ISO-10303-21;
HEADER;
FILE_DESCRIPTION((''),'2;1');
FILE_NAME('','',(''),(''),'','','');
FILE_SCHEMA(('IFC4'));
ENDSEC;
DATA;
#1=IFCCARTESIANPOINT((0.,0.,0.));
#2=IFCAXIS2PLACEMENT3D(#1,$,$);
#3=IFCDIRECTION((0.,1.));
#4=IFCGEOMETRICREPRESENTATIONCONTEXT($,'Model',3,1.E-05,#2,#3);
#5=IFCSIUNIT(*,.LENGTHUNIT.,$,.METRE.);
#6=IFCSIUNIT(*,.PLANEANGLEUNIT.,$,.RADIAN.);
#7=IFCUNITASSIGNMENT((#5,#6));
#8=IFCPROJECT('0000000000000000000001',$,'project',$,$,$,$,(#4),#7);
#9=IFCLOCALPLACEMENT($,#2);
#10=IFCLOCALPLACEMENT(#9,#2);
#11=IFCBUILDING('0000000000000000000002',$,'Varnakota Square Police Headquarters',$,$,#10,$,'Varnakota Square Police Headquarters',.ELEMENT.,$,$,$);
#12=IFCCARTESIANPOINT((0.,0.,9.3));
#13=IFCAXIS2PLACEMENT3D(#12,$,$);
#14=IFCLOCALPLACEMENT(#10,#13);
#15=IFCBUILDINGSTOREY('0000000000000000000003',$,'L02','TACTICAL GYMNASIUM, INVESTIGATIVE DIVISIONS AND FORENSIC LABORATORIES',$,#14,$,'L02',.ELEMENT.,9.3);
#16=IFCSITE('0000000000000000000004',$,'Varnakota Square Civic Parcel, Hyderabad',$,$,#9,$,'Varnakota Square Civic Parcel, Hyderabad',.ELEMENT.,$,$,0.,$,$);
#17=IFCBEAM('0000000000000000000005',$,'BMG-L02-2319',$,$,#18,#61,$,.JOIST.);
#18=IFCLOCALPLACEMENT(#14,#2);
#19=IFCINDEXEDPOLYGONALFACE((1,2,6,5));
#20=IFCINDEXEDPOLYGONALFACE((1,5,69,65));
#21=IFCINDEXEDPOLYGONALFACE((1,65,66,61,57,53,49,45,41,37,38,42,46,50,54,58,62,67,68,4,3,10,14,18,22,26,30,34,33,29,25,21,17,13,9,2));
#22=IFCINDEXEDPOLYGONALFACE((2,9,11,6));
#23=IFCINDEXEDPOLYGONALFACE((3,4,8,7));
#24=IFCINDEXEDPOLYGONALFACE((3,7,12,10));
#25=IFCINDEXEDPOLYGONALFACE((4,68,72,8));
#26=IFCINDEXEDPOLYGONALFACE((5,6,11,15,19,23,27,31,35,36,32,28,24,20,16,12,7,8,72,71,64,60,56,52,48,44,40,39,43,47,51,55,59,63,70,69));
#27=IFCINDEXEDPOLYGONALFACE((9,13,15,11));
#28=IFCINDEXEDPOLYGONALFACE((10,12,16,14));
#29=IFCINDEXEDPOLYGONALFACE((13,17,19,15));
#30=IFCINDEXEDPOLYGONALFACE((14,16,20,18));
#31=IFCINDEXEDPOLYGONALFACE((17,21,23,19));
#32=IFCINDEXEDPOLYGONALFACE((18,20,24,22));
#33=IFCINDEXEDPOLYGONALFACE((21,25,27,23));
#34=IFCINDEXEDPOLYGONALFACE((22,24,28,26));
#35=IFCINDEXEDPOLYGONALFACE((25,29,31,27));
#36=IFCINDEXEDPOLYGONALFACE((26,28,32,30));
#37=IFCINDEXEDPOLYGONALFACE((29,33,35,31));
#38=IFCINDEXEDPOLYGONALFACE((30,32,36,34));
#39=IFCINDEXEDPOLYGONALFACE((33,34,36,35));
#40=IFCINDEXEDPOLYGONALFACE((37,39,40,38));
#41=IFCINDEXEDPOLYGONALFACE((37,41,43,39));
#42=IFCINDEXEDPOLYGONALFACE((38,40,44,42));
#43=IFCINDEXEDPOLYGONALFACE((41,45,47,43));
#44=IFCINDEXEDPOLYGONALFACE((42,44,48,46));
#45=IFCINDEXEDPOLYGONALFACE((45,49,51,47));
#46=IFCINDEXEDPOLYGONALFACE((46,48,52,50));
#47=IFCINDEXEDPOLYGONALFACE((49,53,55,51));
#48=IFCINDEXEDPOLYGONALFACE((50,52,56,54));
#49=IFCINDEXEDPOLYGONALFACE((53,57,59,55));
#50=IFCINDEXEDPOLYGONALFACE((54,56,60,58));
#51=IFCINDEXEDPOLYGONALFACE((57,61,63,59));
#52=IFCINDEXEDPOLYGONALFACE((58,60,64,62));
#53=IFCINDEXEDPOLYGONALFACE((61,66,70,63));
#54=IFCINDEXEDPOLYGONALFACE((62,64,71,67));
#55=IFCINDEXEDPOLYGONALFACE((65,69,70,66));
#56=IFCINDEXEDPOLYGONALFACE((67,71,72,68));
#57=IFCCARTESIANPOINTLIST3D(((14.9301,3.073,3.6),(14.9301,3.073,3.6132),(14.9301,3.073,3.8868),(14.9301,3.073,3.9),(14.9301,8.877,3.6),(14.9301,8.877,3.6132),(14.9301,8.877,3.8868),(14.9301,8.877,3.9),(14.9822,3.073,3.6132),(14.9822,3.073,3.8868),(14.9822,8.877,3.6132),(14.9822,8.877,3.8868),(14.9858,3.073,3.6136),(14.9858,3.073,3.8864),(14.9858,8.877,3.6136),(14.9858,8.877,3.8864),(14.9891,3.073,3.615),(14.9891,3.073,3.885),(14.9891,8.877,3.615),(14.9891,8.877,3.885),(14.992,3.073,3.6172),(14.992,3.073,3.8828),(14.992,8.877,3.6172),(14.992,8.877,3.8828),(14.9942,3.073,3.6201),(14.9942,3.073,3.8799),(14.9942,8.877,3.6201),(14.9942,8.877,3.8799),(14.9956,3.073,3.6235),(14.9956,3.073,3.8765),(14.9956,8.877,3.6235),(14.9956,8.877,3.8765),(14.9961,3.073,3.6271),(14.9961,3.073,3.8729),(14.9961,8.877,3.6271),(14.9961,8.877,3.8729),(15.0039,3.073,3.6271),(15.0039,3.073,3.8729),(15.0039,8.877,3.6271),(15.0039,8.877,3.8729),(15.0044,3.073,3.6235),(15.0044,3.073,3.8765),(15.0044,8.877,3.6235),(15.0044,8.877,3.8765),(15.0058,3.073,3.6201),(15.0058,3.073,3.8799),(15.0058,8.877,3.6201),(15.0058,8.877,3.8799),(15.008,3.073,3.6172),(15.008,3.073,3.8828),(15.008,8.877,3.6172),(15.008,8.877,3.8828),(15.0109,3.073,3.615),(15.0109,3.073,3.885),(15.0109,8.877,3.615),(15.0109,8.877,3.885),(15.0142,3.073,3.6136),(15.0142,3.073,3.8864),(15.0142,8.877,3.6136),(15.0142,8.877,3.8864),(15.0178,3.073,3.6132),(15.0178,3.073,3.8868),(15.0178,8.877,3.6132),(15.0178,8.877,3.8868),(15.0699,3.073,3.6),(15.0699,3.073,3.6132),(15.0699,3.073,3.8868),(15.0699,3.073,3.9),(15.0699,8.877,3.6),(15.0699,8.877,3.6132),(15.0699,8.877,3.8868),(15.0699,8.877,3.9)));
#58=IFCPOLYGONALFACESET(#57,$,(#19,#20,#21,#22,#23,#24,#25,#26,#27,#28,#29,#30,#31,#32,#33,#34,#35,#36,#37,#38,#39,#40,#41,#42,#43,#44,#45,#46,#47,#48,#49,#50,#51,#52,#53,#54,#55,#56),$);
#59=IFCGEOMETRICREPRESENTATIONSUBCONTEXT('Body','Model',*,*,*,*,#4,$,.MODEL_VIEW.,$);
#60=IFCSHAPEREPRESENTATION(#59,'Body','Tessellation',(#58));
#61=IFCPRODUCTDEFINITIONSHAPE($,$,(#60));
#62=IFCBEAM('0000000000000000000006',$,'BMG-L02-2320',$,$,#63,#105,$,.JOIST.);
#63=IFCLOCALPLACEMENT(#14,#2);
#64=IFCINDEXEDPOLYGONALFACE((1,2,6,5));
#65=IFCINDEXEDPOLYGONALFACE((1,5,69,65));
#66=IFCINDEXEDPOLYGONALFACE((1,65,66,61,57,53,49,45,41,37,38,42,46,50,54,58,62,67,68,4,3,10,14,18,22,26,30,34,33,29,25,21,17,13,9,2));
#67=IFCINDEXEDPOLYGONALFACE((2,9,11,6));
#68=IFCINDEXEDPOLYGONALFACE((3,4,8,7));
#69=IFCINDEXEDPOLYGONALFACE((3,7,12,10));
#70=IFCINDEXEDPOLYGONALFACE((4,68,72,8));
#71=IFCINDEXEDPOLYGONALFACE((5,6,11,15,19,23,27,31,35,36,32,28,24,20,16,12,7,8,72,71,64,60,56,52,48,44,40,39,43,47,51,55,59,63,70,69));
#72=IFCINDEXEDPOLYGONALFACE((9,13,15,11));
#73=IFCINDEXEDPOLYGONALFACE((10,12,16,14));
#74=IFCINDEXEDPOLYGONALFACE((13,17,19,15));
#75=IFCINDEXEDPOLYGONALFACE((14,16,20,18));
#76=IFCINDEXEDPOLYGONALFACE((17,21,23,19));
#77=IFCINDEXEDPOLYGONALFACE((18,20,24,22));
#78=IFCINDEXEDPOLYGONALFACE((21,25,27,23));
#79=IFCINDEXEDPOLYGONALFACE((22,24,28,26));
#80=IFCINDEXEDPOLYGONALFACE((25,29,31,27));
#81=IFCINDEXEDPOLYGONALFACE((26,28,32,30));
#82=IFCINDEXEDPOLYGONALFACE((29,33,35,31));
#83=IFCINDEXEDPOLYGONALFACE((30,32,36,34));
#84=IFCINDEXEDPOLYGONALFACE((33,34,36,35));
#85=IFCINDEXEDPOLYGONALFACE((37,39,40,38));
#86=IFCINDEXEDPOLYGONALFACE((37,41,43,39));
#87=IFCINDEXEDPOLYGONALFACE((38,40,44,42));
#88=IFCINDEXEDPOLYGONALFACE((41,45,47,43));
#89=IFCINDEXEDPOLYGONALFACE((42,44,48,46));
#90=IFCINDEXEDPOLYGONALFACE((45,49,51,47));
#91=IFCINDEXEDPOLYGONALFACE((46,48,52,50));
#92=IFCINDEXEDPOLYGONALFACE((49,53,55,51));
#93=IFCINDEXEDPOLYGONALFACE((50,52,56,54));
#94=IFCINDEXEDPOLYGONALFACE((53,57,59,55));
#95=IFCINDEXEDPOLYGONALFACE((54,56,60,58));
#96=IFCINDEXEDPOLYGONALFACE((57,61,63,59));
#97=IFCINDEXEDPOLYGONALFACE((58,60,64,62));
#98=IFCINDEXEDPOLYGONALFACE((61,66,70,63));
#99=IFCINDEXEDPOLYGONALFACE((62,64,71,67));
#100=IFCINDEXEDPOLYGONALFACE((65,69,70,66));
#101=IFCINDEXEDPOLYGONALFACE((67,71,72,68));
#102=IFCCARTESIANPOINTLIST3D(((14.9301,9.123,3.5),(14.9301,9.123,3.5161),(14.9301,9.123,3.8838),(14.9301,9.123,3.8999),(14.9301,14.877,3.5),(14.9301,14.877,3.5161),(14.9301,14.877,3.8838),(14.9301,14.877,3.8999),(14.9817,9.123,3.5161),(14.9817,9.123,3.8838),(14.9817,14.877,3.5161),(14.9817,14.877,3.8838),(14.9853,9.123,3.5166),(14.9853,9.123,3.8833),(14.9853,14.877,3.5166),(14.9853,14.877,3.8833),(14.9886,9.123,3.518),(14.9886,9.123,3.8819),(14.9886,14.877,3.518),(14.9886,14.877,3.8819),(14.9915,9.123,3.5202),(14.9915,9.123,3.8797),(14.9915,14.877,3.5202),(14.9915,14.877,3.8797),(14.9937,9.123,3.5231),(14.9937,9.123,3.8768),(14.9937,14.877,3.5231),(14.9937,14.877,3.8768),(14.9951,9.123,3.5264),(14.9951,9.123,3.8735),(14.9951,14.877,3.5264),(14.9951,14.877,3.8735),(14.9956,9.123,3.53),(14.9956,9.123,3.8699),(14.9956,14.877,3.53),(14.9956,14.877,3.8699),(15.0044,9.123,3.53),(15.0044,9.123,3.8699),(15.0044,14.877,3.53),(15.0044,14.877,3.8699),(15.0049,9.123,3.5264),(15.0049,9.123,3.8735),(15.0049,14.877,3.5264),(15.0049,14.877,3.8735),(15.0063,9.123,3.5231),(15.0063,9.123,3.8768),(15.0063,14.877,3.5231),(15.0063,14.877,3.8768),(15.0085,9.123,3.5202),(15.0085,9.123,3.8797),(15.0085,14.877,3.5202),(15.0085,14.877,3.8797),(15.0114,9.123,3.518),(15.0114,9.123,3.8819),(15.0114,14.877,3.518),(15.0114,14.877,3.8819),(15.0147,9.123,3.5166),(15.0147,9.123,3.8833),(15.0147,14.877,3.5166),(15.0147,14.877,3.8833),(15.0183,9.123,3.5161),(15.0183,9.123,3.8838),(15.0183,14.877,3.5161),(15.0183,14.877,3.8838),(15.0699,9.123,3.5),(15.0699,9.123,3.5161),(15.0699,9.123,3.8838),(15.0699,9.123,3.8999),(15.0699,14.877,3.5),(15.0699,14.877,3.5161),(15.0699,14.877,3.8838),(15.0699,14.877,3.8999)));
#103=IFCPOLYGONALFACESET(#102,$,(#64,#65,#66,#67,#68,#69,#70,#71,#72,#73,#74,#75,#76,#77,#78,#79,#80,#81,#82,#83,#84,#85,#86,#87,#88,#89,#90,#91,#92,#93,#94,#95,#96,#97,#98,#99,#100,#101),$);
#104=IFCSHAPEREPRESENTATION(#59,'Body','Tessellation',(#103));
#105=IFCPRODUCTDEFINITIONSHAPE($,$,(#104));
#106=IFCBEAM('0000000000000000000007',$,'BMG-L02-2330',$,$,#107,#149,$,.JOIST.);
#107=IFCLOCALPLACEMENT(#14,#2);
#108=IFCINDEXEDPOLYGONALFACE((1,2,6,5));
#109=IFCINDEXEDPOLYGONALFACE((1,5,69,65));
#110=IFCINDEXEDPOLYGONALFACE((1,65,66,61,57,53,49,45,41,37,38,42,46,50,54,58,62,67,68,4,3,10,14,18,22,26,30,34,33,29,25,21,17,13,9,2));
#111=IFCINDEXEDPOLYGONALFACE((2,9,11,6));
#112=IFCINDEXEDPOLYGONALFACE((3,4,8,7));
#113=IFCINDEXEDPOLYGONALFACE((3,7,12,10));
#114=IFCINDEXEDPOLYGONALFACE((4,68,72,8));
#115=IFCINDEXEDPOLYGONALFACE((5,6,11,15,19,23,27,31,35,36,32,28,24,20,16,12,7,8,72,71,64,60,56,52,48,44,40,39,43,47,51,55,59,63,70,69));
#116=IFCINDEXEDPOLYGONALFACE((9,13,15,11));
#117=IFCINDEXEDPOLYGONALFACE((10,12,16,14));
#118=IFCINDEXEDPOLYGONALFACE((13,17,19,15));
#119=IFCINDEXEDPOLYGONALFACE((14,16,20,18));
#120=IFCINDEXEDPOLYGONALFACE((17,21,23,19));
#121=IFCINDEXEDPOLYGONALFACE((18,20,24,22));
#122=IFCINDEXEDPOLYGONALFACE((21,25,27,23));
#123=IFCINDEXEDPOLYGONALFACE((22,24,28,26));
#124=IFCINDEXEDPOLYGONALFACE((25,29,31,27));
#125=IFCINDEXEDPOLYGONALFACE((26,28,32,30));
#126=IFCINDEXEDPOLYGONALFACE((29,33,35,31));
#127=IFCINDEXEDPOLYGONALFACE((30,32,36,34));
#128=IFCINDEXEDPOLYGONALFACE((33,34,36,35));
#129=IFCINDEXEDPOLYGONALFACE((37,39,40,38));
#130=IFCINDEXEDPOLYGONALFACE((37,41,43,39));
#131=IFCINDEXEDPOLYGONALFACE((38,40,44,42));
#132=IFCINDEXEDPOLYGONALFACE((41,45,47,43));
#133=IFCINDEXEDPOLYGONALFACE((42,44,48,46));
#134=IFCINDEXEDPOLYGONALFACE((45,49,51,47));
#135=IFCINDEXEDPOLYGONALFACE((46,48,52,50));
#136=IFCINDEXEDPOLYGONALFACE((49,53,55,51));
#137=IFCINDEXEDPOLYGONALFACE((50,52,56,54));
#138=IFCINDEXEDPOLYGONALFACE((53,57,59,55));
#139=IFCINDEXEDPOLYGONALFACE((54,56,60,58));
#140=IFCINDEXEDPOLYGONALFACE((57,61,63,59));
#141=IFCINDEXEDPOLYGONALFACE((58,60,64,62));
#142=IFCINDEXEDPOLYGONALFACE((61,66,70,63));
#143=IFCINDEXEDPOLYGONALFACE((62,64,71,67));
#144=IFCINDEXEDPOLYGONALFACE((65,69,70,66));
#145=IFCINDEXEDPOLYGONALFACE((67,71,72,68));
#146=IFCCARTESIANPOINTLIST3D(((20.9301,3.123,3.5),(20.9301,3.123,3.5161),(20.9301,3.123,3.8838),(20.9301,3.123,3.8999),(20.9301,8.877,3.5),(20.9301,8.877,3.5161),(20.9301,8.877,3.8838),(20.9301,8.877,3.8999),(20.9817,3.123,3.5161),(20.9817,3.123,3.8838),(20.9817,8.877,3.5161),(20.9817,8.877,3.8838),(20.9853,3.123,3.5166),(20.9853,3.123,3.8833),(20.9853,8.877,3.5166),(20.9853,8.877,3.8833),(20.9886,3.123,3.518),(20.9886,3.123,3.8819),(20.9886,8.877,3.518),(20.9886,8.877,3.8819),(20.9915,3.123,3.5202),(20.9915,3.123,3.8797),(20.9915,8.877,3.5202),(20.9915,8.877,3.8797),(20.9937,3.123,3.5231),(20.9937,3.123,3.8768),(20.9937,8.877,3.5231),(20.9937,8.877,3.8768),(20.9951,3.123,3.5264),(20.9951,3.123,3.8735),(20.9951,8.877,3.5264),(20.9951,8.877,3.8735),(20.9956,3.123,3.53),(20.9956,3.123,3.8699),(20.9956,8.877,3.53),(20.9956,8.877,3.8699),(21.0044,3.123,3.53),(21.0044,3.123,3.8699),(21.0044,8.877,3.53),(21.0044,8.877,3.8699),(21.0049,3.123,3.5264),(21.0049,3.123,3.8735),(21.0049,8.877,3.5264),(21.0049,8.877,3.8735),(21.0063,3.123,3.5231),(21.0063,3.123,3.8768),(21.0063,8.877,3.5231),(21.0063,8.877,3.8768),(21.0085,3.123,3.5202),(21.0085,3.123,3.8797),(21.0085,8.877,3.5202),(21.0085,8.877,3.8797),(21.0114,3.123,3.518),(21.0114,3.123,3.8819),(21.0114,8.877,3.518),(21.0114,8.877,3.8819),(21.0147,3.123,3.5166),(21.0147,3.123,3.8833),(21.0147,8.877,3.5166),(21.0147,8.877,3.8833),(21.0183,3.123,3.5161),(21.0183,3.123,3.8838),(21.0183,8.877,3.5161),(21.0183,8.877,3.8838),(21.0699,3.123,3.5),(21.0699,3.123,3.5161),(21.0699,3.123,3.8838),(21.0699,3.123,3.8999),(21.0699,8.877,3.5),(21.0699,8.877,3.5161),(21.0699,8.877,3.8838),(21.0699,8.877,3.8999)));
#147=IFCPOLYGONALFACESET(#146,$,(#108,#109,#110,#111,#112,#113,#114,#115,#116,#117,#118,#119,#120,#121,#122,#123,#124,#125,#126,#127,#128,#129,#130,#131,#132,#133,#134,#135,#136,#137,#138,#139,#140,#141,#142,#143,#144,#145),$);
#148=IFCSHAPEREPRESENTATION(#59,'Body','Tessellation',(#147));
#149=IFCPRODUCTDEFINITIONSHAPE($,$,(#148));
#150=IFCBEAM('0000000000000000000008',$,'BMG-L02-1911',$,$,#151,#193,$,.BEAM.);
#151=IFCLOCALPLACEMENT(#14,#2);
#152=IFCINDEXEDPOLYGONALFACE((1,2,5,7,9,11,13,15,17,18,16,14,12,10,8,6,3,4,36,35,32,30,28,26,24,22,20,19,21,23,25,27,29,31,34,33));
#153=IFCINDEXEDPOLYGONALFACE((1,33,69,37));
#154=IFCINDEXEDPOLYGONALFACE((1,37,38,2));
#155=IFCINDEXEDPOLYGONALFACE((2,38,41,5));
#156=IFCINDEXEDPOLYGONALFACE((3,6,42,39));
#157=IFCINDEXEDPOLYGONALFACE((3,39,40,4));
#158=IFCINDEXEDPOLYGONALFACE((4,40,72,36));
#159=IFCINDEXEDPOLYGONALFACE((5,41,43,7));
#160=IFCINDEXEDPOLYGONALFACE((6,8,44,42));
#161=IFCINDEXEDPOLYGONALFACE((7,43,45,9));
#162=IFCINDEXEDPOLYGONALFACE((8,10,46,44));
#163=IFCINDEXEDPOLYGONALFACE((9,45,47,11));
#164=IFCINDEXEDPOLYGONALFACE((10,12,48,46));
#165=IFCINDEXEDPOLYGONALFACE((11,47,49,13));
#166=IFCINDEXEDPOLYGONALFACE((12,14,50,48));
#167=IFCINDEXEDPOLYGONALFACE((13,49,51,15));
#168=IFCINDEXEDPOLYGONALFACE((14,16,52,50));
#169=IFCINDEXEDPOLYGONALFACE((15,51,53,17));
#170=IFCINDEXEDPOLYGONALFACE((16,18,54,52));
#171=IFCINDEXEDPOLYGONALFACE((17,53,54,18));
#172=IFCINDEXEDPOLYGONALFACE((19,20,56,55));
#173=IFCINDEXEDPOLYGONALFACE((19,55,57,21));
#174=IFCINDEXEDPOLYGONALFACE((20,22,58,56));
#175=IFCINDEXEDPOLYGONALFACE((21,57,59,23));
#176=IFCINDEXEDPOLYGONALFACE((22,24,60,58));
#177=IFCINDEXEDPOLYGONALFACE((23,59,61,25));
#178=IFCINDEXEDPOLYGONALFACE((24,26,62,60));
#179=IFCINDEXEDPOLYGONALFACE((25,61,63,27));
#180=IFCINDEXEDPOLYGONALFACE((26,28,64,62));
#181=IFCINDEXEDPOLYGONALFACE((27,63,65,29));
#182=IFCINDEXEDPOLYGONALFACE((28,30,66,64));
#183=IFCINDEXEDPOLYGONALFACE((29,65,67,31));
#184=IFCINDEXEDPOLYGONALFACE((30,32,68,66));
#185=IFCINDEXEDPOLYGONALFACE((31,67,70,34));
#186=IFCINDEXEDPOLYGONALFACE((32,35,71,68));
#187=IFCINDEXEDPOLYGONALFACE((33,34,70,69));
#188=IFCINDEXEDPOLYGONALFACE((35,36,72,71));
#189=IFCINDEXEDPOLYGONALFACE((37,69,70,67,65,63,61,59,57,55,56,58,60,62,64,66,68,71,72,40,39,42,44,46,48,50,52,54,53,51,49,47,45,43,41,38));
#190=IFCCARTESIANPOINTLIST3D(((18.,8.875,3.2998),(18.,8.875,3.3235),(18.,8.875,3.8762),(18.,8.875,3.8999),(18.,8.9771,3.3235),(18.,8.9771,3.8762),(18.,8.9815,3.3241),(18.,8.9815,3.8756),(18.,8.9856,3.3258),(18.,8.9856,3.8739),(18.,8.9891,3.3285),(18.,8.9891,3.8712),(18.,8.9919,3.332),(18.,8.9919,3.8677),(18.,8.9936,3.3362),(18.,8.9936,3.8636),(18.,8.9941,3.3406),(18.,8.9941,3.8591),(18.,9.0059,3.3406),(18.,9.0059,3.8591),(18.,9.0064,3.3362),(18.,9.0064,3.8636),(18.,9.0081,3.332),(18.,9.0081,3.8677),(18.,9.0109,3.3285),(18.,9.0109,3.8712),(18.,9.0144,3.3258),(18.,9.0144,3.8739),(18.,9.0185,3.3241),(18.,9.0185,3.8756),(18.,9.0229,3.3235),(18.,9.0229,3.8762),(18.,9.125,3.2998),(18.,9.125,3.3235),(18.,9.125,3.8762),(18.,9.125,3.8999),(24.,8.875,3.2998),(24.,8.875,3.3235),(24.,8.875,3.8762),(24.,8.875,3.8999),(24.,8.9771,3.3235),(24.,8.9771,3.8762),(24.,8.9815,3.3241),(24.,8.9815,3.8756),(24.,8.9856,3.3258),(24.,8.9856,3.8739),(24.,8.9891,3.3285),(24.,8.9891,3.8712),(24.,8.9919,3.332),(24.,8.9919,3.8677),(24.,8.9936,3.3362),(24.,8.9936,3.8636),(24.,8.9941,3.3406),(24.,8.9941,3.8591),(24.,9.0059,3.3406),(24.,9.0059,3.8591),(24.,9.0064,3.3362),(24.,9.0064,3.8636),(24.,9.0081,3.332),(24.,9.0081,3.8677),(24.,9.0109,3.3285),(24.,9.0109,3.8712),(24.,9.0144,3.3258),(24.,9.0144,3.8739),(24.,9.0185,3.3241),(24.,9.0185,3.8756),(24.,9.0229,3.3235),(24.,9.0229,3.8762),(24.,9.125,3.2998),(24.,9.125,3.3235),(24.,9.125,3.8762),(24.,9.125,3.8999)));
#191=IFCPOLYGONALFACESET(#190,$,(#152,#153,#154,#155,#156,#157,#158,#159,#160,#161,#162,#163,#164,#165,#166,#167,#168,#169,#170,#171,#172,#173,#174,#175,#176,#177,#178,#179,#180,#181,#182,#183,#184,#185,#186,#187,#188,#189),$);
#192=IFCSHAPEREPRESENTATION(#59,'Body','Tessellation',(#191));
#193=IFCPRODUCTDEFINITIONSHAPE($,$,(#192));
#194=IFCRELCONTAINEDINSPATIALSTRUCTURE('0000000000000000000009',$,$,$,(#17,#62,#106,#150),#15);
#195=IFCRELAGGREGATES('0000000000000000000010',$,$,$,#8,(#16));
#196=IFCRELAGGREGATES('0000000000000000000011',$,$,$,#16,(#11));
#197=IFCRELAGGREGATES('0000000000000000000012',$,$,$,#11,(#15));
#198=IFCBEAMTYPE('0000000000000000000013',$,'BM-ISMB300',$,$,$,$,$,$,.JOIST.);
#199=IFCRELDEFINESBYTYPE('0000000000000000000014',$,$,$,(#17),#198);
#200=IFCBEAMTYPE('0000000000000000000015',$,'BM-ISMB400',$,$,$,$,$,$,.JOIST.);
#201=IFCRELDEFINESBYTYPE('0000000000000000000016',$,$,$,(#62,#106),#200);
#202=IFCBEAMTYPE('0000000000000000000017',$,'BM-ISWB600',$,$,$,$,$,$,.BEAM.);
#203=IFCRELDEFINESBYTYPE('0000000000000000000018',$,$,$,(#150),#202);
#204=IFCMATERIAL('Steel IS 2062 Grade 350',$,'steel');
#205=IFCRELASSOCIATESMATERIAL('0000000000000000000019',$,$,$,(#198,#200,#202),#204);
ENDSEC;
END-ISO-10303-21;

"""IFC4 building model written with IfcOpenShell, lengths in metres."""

from ifc_helpers import new_model, si_unit, direction, frame, origin, origin_2d, place, context, subcontext, project, spatial, i_section, extrude, material, material_profile, profile_set, type_object, element, save


model = new_model("IFC4")

# Units and contexts
model_context = context("Model", 3, precision=1e-05, world=origin(), true_north=direction((0.0, 1.0)))
body_context = subcontext(model_context, "Body", "Model", "MODEL_VIEW")
ifc_project = project(units=[si_unit("LENGTHUNIT", "METRE"), si_unit("PLANEANGLEUNIT", "RADIAN")], contexts=[model_context])

# Site, building, storey
site_placement = place(None, origin())
site = spatial("IfcSite", under=ifc_project, at=site_placement, Name="Varnakota Square Civic Parcel, Hyderabad", LongName="Varnakota Square Civic Parcel, Hyderabad", CompositionType="ELEMENT", RefElevation=0.0)
building_placement = place(site_placement, origin())
building = spatial("IfcBuilding", under=site, at=building_placement, Name="Varnakota Square Police Headquarters", LongName="Varnakota Square Police Headquarters", CompositionType="ELEMENT")
storey_placement = place(building_placement, frame((0.0, 0.0, 9.3)))
storey = spatial("IfcBuildingStorey", under=building, at=storey_placement, Name="L02", Description="TACTICAL GYMNASIUM, INVESTIGATIVE DIVISIONS AND FORENSIC LABORATORIES", LongName="L02", CompositionType="ELEMENT", Elevation=9.3)

# Shared definitions
ifc_material_1 = material(Name="Steel IS 2062 Grade 350", Category="steel")

# Beams
ifc_material_profile_1 = material_profile(ifc_material_1, i_section(OverallWidth=0.1399, OverallDepth=0.3, WebThickness=0.0078, FlangeThickness=0.0132, FilletRadius=0.0139, at=origin_2d()), Name="ISMB 300")
ifc_profile_set_1 = profile_set([ifc_material_profile_1], Name="Steel IS 2062 Grade 350")
beam_type_1 = type_object("IfcBeamType", Name="BM-ISMB300", PredefinedType="JOIST", material=ifc_profile_set_1)
beam_1_placement = place(storey_placement, frame((15.0, 3.073, 3.75), z_axis=(0.0, 1.0, 0.0), x_axis=(-1.0, 0.0, 0.0)))
element("IfcBeam", 1, at=beam_1_placement, inside=storey, type_object=beam_type_1, Name="BMG-L02-2319", PredefinedType="JOIST", context=body_context, shape_type="SweptSolid", body=[
    extrude(i_section(OverallWidth=0.1399, OverallDepth=0.3, WebThickness=0.0078, FlangeThickness=0.0132, FilletRadius=0.0139, at=origin_2d()), origin(), (0.0, 0.0, 1.0), 5.804),
])
ifc_material_profile_2 = material_profile(ifc_material_1, i_section(OverallWidth=0.1399, OverallDepth=0.3999, WebThickness=0.0088, FlangeThickness=0.0161, FilletRadius=0.0139, at=origin_2d()), Name="ISMB 400")
ifc_profile_set_2 = profile_set([ifc_material_profile_2], Name="Steel IS 2062 Grade 350")
beam_type_2 = type_object("IfcBeamType", Name="BM-ISMB400", PredefinedType="JOIST", material=ifc_profile_set_2)
for number, where, z_axis, x_axis, name in (
    (2, (15.0, 9.123, 3.7), (0.0, 1.0, 0.0), (-1.0, 0.0, 0.0), "BMG-L02-2320"),
    (3, (21.0, 3.123, 3.7), (0.0, 1.0, 0.0), (-1.0, 0.0, 0.0), "BMG-L02-2330"),
):
    element("IfcBeam", number, at=place(storey_placement, frame(where, z_axis=z_axis, x_axis=x_axis)), inside=storey, type_object=beam_type_2, Name=name, PredefinedType="JOIST", context=body_context, shape_type="SweptSolid", body=[
        extrude(i_section(OverallWidth=0.1399, OverallDepth=0.3999, WebThickness=0.0088, FlangeThickness=0.0161, FilletRadius=0.0139, at=origin_2d()), origin(), (0.0, 0.0, 1.0), 5.7539),
    ])
ifc_material_profile_3 = material_profile(ifc_material_1, i_section(OverallWidth=0.25, OverallDepth=0.6001, WebThickness=0.0117, FlangeThickness=0.0237, FilletRadius=0.0171, at=origin_2d()), Name="ISWB 600")
ifc_profile_set_3 = profile_set([ifc_material_profile_3], Name="Steel IS 2062 Grade 350")
beam_type_3 = type_object("IfcBeamType", Name="BM-ISWB600", PredefinedType="BEAM", material=ifc_profile_set_3)
beam_2_placement = place(storey_placement, frame((18.0, 9.0, 3.5999), z_axis=(1.0, 0.0, 0.0), x_axis=(0.0, 1.0, 0.0)))
element("IfcBeam", 4, at=beam_2_placement, inside=storey, type_object=beam_type_3, Name="BMG-L02-1911", PredefinedType="BEAM", context=body_context, shape_type="SweptSolid", body=[
    extrude(i_section(OverallWidth=0.25, OverallDepth=0.6001, WebThickness=0.0117, FlangeThickness=0.0237, FilletRadius=0.0171, at=origin_2d()), origin(), (0.0, 0.0, 1.0), 6.0),
])

save(model, "model.ifc")
